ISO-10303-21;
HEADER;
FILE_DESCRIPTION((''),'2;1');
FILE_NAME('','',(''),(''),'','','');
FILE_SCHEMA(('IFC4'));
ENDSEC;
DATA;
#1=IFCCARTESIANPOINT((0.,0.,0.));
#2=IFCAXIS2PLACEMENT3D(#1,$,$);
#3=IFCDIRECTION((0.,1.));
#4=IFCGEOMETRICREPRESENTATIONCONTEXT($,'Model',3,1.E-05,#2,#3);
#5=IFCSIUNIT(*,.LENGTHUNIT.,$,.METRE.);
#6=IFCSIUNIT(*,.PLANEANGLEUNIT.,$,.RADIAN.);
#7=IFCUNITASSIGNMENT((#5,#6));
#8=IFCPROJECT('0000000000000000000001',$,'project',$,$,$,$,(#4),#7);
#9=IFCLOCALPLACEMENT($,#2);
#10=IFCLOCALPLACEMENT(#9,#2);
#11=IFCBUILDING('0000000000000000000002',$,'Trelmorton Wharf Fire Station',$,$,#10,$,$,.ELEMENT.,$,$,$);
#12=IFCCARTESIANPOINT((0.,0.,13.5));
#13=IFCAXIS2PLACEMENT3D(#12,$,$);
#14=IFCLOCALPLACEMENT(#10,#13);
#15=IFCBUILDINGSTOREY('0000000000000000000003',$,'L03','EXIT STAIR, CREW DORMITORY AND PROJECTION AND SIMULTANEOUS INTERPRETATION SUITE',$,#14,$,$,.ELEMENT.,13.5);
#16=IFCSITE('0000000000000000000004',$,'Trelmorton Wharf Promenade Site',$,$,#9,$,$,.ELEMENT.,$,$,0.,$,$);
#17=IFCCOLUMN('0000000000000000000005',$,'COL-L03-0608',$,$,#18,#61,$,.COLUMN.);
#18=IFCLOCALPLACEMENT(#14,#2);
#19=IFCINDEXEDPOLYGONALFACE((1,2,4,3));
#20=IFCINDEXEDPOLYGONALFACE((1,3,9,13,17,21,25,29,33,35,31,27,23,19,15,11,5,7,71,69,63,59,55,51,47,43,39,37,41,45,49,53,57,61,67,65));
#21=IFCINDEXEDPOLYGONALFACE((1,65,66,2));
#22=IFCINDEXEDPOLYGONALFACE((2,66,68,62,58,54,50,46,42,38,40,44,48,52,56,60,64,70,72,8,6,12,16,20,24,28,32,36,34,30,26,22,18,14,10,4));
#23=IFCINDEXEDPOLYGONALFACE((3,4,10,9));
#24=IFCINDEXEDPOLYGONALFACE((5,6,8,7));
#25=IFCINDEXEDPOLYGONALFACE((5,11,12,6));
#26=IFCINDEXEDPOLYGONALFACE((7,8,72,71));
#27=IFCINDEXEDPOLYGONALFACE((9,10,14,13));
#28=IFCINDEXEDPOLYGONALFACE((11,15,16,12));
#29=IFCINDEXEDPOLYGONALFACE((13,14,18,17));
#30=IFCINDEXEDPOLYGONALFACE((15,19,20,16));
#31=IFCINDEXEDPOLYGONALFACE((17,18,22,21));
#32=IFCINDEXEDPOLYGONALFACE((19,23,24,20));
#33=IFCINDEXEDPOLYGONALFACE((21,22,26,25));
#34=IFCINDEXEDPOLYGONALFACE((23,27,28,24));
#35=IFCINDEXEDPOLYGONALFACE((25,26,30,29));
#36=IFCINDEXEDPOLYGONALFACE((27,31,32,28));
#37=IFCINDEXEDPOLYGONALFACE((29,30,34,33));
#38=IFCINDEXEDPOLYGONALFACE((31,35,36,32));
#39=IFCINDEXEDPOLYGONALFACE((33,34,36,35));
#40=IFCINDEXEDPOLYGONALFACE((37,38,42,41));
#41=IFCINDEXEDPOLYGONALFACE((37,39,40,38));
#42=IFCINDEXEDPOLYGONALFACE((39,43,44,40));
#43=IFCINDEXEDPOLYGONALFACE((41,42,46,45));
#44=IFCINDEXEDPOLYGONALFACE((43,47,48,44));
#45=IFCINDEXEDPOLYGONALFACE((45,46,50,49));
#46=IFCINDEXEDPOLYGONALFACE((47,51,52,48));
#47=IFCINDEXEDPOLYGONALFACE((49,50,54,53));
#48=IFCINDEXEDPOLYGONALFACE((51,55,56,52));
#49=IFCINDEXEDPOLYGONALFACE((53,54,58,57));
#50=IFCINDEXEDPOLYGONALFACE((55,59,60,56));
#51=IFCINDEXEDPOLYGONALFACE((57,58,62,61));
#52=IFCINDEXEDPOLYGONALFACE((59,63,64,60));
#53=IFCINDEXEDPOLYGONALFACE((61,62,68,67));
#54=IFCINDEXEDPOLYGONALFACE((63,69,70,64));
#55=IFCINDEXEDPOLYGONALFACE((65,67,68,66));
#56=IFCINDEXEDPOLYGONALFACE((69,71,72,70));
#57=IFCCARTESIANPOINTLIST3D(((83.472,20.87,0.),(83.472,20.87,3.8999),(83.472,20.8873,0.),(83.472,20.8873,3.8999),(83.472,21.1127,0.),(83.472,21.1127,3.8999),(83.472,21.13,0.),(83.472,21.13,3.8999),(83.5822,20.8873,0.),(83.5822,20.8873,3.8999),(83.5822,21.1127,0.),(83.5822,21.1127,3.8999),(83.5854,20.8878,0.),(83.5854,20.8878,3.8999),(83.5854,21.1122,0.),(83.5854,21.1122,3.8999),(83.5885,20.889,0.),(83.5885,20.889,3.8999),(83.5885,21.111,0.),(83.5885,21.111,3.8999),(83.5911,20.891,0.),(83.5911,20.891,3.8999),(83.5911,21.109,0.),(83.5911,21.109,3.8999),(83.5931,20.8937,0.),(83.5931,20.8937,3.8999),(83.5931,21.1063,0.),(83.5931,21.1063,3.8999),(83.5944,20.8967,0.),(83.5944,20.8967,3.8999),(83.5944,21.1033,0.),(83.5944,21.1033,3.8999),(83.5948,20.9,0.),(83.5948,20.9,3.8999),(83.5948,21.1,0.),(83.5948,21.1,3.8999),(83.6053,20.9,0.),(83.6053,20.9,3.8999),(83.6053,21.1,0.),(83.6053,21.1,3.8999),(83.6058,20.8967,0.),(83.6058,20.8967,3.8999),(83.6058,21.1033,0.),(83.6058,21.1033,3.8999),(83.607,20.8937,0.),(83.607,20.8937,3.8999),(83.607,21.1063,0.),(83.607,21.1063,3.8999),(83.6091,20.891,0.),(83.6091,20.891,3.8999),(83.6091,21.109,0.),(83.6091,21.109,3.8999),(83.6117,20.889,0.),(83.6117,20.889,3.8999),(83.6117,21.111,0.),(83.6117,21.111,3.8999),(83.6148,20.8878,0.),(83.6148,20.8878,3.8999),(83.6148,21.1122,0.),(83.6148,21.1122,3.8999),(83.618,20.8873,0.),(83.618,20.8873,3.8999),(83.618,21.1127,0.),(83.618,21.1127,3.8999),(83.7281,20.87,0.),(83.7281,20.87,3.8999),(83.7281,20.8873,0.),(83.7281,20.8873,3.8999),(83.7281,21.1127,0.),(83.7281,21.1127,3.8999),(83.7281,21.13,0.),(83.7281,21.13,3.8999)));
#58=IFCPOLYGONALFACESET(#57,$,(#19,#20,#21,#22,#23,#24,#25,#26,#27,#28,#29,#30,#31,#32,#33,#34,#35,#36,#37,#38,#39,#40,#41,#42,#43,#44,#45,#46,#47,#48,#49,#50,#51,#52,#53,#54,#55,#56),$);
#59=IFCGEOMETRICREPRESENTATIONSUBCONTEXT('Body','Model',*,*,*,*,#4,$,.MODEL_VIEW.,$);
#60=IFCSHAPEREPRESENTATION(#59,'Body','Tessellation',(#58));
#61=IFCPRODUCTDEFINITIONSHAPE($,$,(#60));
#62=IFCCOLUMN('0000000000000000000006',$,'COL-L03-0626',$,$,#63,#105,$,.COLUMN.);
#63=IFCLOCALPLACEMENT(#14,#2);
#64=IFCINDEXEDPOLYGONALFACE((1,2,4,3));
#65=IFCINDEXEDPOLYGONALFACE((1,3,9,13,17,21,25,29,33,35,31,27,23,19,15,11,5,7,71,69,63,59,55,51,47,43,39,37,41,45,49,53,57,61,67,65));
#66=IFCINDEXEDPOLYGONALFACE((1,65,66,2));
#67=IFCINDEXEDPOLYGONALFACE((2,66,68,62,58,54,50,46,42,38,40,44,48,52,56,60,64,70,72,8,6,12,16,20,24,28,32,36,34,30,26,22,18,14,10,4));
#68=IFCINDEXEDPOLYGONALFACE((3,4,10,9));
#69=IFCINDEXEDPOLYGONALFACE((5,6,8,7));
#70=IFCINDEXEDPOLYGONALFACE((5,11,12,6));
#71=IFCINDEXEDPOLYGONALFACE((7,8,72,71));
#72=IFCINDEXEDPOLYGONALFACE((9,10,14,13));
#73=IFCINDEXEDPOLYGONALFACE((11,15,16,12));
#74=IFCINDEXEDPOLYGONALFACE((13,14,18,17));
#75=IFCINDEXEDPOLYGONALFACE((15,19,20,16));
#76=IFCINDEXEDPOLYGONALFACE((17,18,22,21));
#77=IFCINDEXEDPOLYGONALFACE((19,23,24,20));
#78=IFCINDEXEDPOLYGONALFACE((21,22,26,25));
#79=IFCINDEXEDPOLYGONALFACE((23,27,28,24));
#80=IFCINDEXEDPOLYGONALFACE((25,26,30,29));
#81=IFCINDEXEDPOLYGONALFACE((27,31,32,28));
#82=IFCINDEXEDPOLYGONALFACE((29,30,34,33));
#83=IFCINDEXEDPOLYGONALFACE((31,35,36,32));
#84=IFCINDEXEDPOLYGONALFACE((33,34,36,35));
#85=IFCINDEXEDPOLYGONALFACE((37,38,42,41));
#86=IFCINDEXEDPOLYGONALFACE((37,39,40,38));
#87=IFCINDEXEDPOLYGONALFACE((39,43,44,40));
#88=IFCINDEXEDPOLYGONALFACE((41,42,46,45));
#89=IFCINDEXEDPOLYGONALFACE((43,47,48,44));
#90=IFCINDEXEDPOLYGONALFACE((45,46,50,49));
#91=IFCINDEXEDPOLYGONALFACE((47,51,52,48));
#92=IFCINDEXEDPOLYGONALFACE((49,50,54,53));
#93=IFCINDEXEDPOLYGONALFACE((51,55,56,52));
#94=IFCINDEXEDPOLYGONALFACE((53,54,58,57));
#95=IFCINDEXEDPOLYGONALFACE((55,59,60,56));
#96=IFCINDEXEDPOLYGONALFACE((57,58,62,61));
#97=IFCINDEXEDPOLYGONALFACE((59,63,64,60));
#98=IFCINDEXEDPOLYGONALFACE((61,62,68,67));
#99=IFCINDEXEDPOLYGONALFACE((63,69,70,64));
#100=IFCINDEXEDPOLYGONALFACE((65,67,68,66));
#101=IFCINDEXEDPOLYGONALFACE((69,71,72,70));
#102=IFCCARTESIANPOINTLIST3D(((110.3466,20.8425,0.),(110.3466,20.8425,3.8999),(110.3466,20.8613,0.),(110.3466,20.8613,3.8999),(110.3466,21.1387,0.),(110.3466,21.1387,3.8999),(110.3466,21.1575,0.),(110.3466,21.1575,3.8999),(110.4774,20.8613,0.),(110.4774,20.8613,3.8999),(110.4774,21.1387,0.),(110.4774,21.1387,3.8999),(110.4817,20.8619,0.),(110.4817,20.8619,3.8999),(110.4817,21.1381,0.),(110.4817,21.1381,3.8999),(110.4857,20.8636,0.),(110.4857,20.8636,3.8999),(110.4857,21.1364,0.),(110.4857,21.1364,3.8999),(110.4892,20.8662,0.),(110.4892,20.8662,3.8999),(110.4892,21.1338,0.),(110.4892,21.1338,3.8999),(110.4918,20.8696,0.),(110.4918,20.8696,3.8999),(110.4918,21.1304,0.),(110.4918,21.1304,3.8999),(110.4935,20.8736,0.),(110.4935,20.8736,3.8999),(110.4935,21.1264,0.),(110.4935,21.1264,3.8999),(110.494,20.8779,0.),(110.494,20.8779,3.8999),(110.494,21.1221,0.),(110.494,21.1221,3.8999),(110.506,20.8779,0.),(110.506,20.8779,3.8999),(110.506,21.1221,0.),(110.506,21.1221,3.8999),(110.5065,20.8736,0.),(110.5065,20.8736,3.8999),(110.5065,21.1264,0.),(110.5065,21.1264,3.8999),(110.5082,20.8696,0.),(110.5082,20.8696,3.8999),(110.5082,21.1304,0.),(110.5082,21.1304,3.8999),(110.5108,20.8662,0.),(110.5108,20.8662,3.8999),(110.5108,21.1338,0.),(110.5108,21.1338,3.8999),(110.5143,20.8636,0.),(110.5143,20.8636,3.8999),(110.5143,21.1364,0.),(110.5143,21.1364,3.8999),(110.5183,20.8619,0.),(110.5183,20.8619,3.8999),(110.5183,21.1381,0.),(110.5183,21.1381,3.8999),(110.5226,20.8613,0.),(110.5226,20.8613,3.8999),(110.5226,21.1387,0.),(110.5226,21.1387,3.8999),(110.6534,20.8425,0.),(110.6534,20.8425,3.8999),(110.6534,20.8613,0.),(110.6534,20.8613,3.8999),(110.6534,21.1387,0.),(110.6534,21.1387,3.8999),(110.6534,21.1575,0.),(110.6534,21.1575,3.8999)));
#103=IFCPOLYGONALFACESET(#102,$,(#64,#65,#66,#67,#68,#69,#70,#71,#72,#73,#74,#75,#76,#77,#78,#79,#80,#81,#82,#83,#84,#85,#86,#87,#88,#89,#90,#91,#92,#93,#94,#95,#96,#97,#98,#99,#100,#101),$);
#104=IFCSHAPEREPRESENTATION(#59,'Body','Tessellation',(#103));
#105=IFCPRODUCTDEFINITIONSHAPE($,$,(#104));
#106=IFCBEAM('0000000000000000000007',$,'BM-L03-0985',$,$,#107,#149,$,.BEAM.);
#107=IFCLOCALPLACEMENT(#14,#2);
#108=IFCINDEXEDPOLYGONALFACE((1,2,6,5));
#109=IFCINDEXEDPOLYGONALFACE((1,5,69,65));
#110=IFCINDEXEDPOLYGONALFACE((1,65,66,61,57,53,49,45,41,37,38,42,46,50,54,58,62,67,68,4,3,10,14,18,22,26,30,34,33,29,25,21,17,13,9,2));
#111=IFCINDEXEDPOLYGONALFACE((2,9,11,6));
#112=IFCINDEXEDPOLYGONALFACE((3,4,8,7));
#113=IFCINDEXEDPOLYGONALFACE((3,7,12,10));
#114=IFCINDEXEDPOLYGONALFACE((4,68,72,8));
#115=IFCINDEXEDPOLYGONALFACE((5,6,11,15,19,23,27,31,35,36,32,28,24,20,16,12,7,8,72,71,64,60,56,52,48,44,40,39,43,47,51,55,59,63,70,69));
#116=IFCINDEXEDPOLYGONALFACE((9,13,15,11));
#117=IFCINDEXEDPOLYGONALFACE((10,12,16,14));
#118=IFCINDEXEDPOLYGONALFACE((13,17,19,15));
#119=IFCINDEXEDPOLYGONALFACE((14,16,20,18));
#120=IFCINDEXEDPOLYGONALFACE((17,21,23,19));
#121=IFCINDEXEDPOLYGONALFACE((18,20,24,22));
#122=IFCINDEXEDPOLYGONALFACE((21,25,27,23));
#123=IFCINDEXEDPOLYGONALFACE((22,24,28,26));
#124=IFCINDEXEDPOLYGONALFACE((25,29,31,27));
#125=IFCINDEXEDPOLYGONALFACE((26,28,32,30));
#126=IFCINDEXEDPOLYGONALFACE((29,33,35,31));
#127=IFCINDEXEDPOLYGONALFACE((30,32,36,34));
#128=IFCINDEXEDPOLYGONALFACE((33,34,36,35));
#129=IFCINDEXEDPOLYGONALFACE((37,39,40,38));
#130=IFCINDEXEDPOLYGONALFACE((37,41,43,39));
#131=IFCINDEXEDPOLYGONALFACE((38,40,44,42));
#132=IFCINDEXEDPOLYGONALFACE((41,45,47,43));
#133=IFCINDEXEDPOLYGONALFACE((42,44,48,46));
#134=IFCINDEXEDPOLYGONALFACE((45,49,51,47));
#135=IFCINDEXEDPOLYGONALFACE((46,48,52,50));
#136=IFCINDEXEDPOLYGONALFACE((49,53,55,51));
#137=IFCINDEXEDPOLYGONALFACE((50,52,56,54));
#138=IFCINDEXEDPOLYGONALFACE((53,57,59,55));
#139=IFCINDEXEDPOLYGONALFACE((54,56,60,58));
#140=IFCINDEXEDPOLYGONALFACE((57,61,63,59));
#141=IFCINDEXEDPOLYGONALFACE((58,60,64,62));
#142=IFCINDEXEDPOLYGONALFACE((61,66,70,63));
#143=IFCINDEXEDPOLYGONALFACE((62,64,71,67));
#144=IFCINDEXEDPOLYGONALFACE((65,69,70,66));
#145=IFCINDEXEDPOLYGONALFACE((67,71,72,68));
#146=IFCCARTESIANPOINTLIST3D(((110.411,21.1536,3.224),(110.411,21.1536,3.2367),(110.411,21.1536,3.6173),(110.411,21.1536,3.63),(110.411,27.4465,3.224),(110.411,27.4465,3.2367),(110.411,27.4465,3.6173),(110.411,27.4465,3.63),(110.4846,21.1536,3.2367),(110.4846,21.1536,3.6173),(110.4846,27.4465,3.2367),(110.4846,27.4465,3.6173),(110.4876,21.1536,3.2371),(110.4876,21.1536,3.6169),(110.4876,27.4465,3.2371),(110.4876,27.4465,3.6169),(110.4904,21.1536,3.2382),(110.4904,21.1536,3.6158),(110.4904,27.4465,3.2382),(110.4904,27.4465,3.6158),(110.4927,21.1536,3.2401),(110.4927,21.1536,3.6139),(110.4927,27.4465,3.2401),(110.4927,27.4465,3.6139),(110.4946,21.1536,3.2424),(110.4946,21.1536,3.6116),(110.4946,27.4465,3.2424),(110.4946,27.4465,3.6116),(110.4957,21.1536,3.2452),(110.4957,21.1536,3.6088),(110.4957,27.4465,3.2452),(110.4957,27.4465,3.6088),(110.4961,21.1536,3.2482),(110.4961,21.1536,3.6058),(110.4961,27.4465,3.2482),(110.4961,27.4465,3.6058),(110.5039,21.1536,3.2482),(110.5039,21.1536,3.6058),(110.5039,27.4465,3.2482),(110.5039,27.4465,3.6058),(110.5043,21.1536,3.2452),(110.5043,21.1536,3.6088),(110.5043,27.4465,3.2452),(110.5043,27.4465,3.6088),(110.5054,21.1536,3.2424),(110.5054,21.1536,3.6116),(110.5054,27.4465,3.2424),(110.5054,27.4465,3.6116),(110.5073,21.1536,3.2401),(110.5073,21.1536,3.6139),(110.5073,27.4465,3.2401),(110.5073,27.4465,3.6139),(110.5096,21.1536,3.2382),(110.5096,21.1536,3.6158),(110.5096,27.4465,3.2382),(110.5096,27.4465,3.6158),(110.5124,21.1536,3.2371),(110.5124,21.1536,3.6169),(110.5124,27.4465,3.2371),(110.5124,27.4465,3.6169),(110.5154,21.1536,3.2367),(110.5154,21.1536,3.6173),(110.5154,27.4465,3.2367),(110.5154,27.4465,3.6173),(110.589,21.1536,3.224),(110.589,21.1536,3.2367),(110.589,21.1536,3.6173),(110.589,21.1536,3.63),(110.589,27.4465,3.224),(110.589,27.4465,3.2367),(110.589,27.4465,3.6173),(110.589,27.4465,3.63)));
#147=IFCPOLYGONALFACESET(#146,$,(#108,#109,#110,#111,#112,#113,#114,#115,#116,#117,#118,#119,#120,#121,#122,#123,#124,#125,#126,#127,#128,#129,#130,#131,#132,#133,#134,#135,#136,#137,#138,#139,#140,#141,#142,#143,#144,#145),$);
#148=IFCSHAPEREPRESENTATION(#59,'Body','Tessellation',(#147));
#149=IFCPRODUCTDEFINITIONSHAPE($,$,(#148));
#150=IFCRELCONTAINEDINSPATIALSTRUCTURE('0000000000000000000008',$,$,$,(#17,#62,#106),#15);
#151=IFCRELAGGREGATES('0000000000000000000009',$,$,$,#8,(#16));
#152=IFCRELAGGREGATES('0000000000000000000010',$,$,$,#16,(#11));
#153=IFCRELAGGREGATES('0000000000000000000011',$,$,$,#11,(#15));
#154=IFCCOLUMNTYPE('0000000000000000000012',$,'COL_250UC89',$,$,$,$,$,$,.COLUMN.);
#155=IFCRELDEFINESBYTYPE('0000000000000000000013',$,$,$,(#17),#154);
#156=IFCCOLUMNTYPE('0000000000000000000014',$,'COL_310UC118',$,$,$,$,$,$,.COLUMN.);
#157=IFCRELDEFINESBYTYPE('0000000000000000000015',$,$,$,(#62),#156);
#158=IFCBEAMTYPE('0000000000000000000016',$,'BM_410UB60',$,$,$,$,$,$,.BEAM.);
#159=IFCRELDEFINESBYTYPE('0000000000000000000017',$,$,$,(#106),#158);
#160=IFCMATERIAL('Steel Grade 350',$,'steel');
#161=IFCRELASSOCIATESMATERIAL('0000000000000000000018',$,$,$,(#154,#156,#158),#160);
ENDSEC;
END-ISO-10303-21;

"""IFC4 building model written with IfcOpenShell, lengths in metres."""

from ifc_helpers import new_model, si_unit, direction, frame, origin, origin_2d, place, context, subcontext, project, spatial, i_section, extrude, material, material_profile, profile_set, type_object, element, save


model = new_model("IFC4")

# Units and contexts
model_context = context("Model", 3, precision=1e-05, world=origin(), true_north=direction((0.0, 1.0)))
body_context = subcontext(model_context, "Body", "Model", "MODEL_VIEW")
ifc_project = project(units=[si_unit("LENGTHUNIT", "METRE"), si_unit("PLANEANGLEUNIT", "RADIAN")], contexts=[model_context])

# Site, building, storey
site_placement = place(None, origin())
site = spatial("IfcSite", under=ifc_project, at=site_placement, Name="Trelmorton Wharf Promenade Site", CompositionType="ELEMENT", RefElevation=0.0)
building_placement = place(site_placement, origin())
building = spatial("IfcBuilding", under=site, at=building_placement, Name="Trelmorton Wharf Fire Station", CompositionType="ELEMENT")
storey_placement = place(building_placement, frame((0.0, 0.0, 13.5)))
storey = spatial("IfcBuildingStorey", under=building, at=storey_placement, Name="L03", Description="EXIT STAIR, CREW DORMITORY AND PROJECTION AND SIMULTANEOUS INTERPRETATION SUITE", CompositionType="ELEMENT", Elevation=13.5)

# Columns
ifc_material_1 = material(Name="Steel Grade 350", Category="steel")
ifc_material_profile_1 = material_profile(ifc_material_1, i_section(OverallWidth=0.2561, OverallDepth=0.26, WebThickness=0.0105, FlangeThickness=0.0173, FilletRadius=0.0127, at=origin_2d()), Name="250UC89.5")
ifc_profile_set_1 = profile_set([ifc_material_profile_1], Name="Steel Grade 350")
column_type_1 = type_object("IfcColumnType", Name="COL_250UC89", PredefinedType="COLUMN", material=ifc_profile_set_1)
column_1_placement = place(storey_placement, frame((83.6001, 21.0, 0.0), z_axis=(0.0, 0.0, 1.0), x_axis=(1.0, 0.0, 0.0)))
element("IfcColumn", 1, at=column_1_placement, inside=storey, type_object=column_type_1, Name="COL-L03-0608", PredefinedType="COLUMN", context=body_context, shape_type="SweptSolid", body=[
    extrude(i_section(OverallWidth=0.2561, OverallDepth=0.26, WebThickness=0.0105, FlangeThickness=0.0173, FilletRadius=0.0127, at=origin_2d()), origin(), (0.0, 0.0, 1.0), 3.8999),
])
ifc_material_profile_2 = material_profile(ifc_material_1, i_section(OverallWidth=0.3069, OverallDepth=0.3149, WebThickness=0.012, FlangeThickness=0.0188, FilletRadius=0.0166, at=origin_2d()), Name="310UC118")
ifc_profile_set_2 = profile_set([ifc_material_profile_2], Name="Steel Grade 350")
column_type_2 = type_object("IfcColumnType", Name="COL_310UC118", PredefinedType="COLUMN", material=ifc_profile_set_2)
column_2_placement = place(storey_placement, frame((110.5, 21.0, 0.0), z_axis=(0.0, 0.0, 1.0), x_axis=(1.0, 0.0, 0.0)))
element("IfcColumn", 2, at=column_2_placement, inside=storey, type_object=column_type_2, Name="COL-L03-0626", PredefinedType="COLUMN", context=body_context, shape_type="SweptSolid", body=[
    extrude(i_section(OverallWidth=0.3069, OverallDepth=0.3149, WebThickness=0.012, FlangeThickness=0.0188, FilletRadius=0.0166, at=origin_2d()), origin(), (0.0, 0.0, 1.0), 3.8999),
])

# Beam
ifc_material_profile_3 = material_profile(ifc_material_1, i_section(OverallWidth=0.178, OverallDepth=0.406, WebThickness=0.0078, FlangeThickness=0.0127, FilletRadius=0.0115, at=origin_2d()), Name="410UB59.7")
ifc_profile_set_3 = profile_set([ifc_material_profile_3], Name="Steel Grade 350")
beam_type_1 = type_object("IfcBeamType", Name="BM_410UB60", PredefinedType="BEAM", material=ifc_profile_set_3)
beam_1_placement = place(storey_placement, frame((110.5, 21.1536, 3.427), z_axis=(0.0, 1.0, 0.0), x_axis=(-1.0, 0.0, 0.0)))
element("IfcBeam", 3, at=beam_1_placement, inside=storey, type_object=beam_type_1, Name="BM-L03-0985", PredefinedType="BEAM", context=body_context, shape_type="SweptSolid", body=[
    extrude(i_section(OverallWidth=0.178, OverallDepth=0.406, WebThickness=0.0078, FlangeThickness=0.0127, FilletRadius=0.0115, at=origin_2d()), origin(), (0.0, 0.0, 1.0), 6.293),
])

save(model, "model.ifc")
